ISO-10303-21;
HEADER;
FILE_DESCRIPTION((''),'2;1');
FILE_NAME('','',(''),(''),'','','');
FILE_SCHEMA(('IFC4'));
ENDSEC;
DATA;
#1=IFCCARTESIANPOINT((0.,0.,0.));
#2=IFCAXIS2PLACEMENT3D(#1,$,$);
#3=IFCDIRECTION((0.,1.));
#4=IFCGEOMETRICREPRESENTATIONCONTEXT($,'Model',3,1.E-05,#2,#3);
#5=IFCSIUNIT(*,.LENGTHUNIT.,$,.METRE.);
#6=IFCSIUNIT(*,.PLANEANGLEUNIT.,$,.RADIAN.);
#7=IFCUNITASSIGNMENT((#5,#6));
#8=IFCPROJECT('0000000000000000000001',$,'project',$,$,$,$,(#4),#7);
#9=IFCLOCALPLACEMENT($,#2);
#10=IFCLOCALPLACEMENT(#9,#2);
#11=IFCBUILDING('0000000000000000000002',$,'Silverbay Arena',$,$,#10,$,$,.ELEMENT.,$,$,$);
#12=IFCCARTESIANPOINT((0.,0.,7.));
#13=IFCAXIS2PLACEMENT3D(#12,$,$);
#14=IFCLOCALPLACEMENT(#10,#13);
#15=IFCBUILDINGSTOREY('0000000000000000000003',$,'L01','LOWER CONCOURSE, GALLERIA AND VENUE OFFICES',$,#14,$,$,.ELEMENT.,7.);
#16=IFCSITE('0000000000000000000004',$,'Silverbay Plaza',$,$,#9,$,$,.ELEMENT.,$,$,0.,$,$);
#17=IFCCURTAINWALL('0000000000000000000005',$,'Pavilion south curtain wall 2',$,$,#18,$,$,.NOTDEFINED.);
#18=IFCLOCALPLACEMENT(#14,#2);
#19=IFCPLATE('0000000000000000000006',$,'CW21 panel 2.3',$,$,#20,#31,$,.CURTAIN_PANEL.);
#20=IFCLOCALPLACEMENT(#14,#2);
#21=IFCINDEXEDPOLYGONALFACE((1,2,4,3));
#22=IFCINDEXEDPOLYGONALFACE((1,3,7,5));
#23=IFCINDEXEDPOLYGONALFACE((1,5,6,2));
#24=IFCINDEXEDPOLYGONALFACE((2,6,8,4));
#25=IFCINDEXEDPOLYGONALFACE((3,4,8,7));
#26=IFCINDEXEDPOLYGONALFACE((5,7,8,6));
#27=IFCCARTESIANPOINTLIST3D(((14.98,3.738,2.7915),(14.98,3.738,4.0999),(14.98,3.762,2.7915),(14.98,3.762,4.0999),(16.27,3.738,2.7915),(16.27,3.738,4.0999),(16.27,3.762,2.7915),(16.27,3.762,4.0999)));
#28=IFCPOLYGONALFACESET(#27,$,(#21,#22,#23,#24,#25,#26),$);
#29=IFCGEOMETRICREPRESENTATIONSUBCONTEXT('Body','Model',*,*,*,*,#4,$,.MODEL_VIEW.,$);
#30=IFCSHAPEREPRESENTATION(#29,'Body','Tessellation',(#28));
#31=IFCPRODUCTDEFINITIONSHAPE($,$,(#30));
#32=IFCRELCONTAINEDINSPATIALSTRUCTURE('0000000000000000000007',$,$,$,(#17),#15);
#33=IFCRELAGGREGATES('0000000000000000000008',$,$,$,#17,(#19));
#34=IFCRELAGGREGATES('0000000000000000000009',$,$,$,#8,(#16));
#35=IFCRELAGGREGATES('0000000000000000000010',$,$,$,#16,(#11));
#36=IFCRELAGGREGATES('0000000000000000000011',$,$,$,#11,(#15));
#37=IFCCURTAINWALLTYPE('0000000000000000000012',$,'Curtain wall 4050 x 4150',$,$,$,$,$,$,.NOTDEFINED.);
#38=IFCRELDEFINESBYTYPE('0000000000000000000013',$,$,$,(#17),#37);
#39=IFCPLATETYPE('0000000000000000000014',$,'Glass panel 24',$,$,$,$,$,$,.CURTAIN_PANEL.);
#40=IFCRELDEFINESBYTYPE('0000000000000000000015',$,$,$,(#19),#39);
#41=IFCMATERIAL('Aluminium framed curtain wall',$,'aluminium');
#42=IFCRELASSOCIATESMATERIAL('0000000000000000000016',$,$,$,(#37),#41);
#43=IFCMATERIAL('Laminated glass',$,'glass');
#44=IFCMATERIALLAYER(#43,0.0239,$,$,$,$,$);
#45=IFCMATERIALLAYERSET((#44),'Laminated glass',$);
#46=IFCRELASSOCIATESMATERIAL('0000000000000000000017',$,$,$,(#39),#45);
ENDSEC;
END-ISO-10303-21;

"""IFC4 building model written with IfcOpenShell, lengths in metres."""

from ifc_helpers import new_model, si_unit, direction, frame, origin, origin_2d, place, context, subcontext, project, spatial, rectangle, extrude, material, layer, layer_set, type_object, element, aggregate, save


model = new_model("IFC4")

# Units and contexts
model_context = context("Model", 3, precision=1e-05, world=origin(), true_north=direction((0.0, 1.0)))
body_context = subcontext(model_context, "Body", "Model", "MODEL_VIEW")
ifc_project = project(units=[si_unit("LENGTHUNIT", "METRE"), si_unit("PLANEANGLEUNIT", "RADIAN")], contexts=[model_context])

# Site, building, storey
site_placement = place(None, origin())
site = spatial("IfcSite", under=ifc_project, at=site_placement, Name="Silverbay Plaza", CompositionType="ELEMENT", RefElevation=0.0)
building_placement = place(site_placement, origin())
building = spatial("IfcBuilding", under=site, at=building_placement, Name="Silverbay Arena", CompositionType="ELEMENT")
storey_placement = place(building_placement, frame((0.0, 0.0, 7.0)))
storey = spatial("IfcBuildingStorey", under=building, at=storey_placement, Name="L01", Description="LOWER CONCOURSE, GALLERIA AND VENUE OFFICES", CompositionType="ELEMENT", Elevation=7.0)

# Curtain wall
ifc_material_1 = material(Name="Aluminium framed curtain wall", Category="aluminium")
curtain_wall_type = type_object("IfcCurtainWallType", Name="Curtain wall 4050 x 4150", PredefinedType="NOTDEFINED", material=ifc_material_1)
curtain_wall_1_placement = place(storey_placement, origin())
curtain_wall_1 = element("IfcCurtainWall", 1, at=curtain_wall_1_placement, inside=storey, type_object=curtain_wall_type, Name="Pavilion south curtain wall 2", PredefinedType="NOTDEFINED")

# Plate
ifc_material_2 = material(Name="Laminated glass", Category="glass")
ifc_layer = layer(ifc_material_2, 0.0239)
ifc_layer_set = layer_set([ifc_layer], Name="Laminated glass")
plate_type = type_object("IfcPlateType", Name="Glass panel 24", PredefinedType="CURTAIN_PANEL", material=ifc_layer_set)
plate_1_placement = place(storey_placement, frame((15.625, 3.75, 2.7915), z_axis=(0.0, 0.0, 1.0), x_axis=(1.0, 0.0, 0.0)))
plate_1 = element("IfcPlate", 2, at=plate_1_placement, type_object=plate_type, Name="CW21 panel 2.3", PredefinedType="CURTAIN_PANEL", context=body_context, shape_type="SweptSolid", body=[
    extrude(rectangle(XDim=1.29, YDim=0.0239, at=origin_2d()), origin(), (0.0, 0.0, 1.0), 1.3083),
])
aggregate(curtain_wall_1, [plate_1])

save(model, "model.ifc")
